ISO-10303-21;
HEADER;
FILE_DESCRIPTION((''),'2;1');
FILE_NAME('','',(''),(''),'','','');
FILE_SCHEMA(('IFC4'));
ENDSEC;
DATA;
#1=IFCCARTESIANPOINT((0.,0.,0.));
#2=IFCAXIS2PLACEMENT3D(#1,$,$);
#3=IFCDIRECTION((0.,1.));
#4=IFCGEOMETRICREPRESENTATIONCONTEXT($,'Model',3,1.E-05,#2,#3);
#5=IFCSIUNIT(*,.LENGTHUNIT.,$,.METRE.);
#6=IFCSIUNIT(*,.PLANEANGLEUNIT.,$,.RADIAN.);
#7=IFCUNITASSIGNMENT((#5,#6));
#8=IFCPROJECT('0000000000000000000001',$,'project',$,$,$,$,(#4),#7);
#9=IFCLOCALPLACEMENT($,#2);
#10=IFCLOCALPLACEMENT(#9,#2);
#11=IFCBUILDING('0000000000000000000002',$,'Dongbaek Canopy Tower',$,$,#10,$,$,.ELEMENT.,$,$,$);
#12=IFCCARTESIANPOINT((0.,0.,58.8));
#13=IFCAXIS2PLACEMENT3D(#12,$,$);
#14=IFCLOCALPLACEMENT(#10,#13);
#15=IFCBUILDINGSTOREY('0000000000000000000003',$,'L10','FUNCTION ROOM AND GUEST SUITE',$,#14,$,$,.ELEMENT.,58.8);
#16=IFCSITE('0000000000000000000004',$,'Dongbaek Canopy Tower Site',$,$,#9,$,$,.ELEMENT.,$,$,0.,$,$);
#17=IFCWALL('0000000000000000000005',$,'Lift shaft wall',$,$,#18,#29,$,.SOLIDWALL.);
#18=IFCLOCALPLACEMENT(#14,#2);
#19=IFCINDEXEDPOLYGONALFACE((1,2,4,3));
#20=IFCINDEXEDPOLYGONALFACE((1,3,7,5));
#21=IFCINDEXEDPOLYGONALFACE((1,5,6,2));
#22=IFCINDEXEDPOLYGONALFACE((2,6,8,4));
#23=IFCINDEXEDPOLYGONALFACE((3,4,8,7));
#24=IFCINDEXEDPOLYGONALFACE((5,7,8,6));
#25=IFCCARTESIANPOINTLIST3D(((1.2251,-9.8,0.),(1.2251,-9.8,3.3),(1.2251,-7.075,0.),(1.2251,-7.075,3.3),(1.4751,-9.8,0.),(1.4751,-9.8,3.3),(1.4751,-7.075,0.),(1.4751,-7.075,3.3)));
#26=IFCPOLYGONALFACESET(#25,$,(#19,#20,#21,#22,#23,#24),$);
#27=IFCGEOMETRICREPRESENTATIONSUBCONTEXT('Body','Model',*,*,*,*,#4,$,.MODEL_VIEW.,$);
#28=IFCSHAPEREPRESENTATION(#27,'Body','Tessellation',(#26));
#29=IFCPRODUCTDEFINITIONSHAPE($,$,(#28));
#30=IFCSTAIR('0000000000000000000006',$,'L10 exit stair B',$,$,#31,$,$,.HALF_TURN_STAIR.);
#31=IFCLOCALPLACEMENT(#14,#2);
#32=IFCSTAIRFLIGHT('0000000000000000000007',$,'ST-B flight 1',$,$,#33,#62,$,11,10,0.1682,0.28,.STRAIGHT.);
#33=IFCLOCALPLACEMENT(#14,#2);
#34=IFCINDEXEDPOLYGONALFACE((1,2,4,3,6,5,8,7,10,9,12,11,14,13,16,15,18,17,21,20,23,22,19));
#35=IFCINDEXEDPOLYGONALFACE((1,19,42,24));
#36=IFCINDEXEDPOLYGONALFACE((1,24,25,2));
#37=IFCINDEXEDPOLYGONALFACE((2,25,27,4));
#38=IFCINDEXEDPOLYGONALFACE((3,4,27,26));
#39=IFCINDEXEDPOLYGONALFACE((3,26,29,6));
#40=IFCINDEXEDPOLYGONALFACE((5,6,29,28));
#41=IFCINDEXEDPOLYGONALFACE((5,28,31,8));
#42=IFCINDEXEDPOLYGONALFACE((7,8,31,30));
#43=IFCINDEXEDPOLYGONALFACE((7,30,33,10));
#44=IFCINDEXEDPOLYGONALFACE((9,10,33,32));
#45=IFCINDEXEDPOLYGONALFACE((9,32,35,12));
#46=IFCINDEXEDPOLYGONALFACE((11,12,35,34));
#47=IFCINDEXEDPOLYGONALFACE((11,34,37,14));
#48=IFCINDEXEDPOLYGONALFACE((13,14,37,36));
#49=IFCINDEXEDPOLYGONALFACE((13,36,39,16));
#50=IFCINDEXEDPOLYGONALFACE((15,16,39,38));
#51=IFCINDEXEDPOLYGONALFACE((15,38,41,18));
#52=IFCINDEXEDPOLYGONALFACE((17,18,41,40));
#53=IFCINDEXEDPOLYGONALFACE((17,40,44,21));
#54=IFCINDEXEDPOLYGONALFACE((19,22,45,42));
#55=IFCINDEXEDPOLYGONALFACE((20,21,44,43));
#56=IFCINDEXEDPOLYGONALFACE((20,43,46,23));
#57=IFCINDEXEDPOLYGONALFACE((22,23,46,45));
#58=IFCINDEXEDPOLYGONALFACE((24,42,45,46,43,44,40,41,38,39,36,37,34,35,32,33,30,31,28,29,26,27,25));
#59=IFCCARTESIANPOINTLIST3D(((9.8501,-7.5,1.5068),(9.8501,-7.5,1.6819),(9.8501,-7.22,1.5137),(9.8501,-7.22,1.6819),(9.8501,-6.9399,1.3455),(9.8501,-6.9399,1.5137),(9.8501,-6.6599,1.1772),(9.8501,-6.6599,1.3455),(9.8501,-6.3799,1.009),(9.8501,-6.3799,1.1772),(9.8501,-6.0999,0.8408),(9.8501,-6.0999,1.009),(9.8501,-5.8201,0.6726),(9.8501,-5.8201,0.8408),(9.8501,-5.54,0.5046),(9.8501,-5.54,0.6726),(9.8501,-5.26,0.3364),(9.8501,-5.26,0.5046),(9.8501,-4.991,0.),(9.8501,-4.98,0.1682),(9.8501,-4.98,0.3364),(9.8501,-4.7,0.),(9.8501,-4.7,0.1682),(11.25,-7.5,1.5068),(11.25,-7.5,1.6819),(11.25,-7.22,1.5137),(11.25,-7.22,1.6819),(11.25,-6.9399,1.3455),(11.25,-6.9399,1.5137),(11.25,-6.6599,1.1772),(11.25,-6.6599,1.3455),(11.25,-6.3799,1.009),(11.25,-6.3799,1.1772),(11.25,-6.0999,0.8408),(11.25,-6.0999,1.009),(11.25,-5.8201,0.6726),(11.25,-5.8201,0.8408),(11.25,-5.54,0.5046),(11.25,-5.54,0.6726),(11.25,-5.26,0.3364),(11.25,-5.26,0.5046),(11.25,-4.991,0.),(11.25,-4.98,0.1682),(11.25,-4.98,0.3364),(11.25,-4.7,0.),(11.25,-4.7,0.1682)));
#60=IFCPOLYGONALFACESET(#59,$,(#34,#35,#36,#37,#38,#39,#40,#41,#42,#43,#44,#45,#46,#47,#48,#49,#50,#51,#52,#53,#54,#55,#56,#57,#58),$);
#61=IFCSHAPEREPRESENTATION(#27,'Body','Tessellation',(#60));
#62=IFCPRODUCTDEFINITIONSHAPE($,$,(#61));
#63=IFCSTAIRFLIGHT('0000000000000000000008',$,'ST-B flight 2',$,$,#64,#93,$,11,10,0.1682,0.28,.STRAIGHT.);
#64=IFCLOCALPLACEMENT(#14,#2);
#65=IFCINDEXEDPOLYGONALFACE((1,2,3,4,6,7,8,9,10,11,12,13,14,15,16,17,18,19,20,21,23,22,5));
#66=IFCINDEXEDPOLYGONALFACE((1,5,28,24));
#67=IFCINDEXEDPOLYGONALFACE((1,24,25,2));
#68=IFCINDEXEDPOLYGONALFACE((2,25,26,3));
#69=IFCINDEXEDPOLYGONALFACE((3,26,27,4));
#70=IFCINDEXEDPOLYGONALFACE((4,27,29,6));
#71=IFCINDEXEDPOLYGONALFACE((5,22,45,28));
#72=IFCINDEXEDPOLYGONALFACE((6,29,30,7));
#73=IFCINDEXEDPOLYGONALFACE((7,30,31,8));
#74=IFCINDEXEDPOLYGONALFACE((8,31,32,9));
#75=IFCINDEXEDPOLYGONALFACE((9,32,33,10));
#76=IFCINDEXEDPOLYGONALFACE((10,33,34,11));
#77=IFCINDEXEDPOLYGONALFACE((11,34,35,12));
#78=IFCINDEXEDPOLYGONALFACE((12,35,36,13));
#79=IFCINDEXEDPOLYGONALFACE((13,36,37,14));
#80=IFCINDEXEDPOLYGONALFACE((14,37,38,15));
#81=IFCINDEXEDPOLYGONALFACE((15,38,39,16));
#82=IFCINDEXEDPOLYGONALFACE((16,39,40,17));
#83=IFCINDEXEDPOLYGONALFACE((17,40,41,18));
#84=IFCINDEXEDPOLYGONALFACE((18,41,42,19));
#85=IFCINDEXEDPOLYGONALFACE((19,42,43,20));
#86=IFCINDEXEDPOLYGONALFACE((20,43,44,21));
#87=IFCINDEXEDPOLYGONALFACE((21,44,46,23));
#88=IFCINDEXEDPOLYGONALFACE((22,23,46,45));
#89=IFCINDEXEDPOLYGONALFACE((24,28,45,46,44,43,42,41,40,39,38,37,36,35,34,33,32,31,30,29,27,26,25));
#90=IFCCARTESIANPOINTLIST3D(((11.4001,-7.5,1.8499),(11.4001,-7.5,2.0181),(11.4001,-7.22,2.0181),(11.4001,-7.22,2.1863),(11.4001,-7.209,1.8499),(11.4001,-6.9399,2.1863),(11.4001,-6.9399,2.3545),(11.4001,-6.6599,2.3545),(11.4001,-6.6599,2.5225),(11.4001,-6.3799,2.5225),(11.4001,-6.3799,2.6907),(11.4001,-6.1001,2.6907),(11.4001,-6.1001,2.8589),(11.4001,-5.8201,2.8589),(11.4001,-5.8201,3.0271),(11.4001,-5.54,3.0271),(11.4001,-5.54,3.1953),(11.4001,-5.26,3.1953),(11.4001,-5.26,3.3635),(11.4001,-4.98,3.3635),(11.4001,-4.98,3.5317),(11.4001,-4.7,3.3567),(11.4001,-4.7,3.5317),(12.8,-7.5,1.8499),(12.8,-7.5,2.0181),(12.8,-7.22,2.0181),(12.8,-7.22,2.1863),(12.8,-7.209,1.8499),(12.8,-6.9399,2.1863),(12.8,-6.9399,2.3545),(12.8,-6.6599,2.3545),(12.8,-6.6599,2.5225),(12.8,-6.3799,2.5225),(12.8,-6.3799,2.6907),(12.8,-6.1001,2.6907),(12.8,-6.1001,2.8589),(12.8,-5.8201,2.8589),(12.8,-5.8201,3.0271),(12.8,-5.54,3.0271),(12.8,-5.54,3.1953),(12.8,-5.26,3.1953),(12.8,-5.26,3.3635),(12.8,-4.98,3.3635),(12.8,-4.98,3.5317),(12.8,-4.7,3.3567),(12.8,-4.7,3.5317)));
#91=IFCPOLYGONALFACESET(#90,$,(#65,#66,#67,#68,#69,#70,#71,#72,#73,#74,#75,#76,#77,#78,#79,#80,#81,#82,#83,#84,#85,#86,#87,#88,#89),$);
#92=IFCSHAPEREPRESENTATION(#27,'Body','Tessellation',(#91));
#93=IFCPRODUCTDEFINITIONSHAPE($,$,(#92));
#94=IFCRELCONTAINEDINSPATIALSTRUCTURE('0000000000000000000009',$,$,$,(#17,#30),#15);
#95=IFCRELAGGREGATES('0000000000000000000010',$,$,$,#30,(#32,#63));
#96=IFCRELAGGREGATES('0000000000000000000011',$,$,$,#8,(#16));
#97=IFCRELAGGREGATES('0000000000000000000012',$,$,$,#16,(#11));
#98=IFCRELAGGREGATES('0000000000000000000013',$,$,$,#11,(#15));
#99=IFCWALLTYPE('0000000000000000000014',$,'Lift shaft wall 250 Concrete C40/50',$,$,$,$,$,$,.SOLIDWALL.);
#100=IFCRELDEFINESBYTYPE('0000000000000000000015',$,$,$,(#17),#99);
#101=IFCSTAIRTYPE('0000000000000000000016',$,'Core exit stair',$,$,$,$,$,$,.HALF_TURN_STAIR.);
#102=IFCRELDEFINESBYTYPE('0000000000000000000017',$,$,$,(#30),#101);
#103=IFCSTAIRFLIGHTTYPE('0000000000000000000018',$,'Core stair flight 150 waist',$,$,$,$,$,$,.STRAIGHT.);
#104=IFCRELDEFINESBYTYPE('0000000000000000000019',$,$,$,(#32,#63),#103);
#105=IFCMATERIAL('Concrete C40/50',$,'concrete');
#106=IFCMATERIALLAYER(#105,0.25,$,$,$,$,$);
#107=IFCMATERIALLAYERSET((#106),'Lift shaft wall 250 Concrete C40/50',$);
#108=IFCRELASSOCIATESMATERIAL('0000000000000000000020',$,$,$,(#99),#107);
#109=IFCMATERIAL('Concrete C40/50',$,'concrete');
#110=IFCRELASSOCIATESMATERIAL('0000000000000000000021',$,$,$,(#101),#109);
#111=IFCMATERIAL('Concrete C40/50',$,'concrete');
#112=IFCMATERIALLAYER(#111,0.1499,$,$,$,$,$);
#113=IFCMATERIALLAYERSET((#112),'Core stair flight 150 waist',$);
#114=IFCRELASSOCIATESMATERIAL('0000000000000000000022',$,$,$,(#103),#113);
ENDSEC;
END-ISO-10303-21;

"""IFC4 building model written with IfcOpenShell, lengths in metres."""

from ifc_helpers import new_model, si_unit, direction, frame, frame_2d, origin, place, context, subcontext, project, spatial, polyline, rectangle, outline, extrude, material, layer, layer_set, type_object, element, aggregate, save


model = new_model("IFC4")

# Units and contexts
model_context = context("Model", 3, precision=1e-05, world=origin(), true_north=direction((0.0, 1.0)))
body_context = subcontext(model_context, "Body", "Model", "MODEL_VIEW")
ifc_project = project(units=[si_unit("LENGTHUNIT", "METRE"), si_unit("PLANEANGLEUNIT", "RADIAN")], contexts=[model_context])

# Site, building, storey
site_placement = place(None, origin())
site = spatial("IfcSite", under=ifc_project, at=site_placement, Name="Dongbaek Canopy Tower Site", CompositionType="ELEMENT", RefElevation=0.0)
building_placement = place(site_placement, origin())
building = spatial("IfcBuilding", under=site, at=building_placement, Name="Dongbaek Canopy Tower", CompositionType="ELEMENT")
storey_placement = place(building_placement, frame((0.0, 0.0, 58.8)))
storey = spatial("IfcBuildingStorey", under=building, at=storey_placement, Name="L10", Description="FUNCTION ROOM AND GUEST SUITE", CompositionType="ELEMENT", Elevation=58.8)

# Wall
ifc_material_1 = material(Name="Concrete C40/50", Category="concrete")
ifc_layer_1 = layer(ifc_material_1, 0.25)
ifc_layer_set_1 = layer_set([ifc_layer_1], Name="Lift shaft wall 250 Concrete C40/50")
wall_type_1 = type_object("IfcWallType", Name="Lift shaft wall 250 Concrete C40/50", PredefinedType="SOLIDWALL", material=ifc_layer_set_1)
for number, where, z_axis, x_axis, name in (
    (1, (1.3501, -9.8, 0.0), (0.0, 0.0, 1.0), (0.0, 1.0, 0.0), "Lift shaft wall"),
):
    element("IfcWall", number, at=place(storey_placement, frame(where, z_axis=z_axis, x_axis=x_axis)), inside=storey, type_object=wall_type_1, Name=name, PredefinedType="SOLIDWALL", context=body_context, shape_type="SweptSolid", body=[
        extrude(rectangle(XDim=2.7251, YDim=0.25, at=frame_2d((1.3625, 0.0))), origin(), (0.0, 0.0, 1.0), 3.3),
    ])

# Stair, stair flights
ifc_material_2 = material(Name="Concrete C40/50", Category="concrete")
stair_type = type_object("IfcStairType", Name="Core exit stair", PredefinedType="HALF_TURN_STAIR", material=ifc_material_2)
stair_placement = place(storey_placement, origin())
stair = element("IfcStair", 2, at=stair_placement, inside=storey, type_object=stair_type, Name="L10 exit stair B", PredefinedType="HALF_TURN_STAIR")
ifc_material_3 = material(Name="Concrete C40/50", Category="concrete")
ifc_layer_2 = layer(ifc_material_3, 0.1499)
ifc_layer_set_2 = layer_set([ifc_layer_2], Name="Core stair flight 150 waist")
stair_flight_type = type_object("IfcStairFlightType", Name="Core stair flight 150 waist", PredefinedType="STRAIGHT", material=ifc_layer_set_2)
stair_flight_1_placement = place(storey_placement, frame((10.55, -4.7, 0.0), z_axis=(0.0, 0.0, 1.0), x_axis=(0.0, -1.0, 0.0)))
stair_flight_1 = element("IfcStairFlight", 3, at=stair_flight_1_placement, type_object=stair_flight_type, Name="ST-B flight 1", NumberOfRisers=11, NumberOfTreads=10, PredefinedType="STRAIGHT", RiserHeight=0.1682, TreadLength=0.28, context=body_context, shape_type="SweptSolid", body=[
    extrude(outline(polyline([(0.0, 0.0), (0.0, 0.1682), (0.28, 0.1682), (0.28, 0.3364), (0.5601, 0.3364), (0.5601, 0.5046), (0.8401, 0.5046), (0.8401, 0.6726), (1.1201, 0.6726), (1.1201, 0.8408), (1.3999, 0.8408), (1.3999, 1.009), (1.6799, 1.009), (1.6799, 1.1772), (1.96, 1.1772), (1.96, 1.3455), (2.24, 1.3455), (2.24, 1.5137), (2.52, 1.5137), (2.52, 1.6819), (2.8, 1.6819), (2.8, 1.8501), (2.8, 1.5068), (0.291, 0.0), (0.0, 0.0)])), frame((0.0, 0.7, 0.0), z_axis=(0.0, -1.0, 0.0), x_axis=(1.0, 0.0, 0.0)), (0.0, 0.0, 1.0), 1.3999),
])
stair_flight_2_placement = place(storey_placement, frame((12.1001, -7.5, 1.8499), z_axis=(0.0, 0.0, 1.0), x_axis=(0.0, 1.0, 0.0)))
stair_flight_2 = element("IfcStairFlight", 4, at=stair_flight_2_placement, type_object=stair_flight_type, Name="ST-B flight 2", NumberOfRisers=11, NumberOfTreads=10, PredefinedType="STRAIGHT", RiserHeight=0.1682, TreadLength=0.28, context=body_context, shape_type="SweptSolid", body=[
    extrude(outline(polyline([(0.0, 0.0), (0.0, 0.1682), (0.28, 0.1682), (0.28, 0.3364), (0.5601, 0.3364), (0.5601, 0.5046), (0.8401, 0.5046), (0.8401, 0.6726), (1.1201, 0.6726), (1.1201, 0.8408), (1.3999, 0.8408), (1.3999, 1.009), (1.6799, 1.009), (1.6799, 1.1772), (1.96, 1.1772), (1.96, 1.3455), (2.24, 1.3455), (2.24, 1.5137), (2.52, 1.5137), (2.52, 1.6819), (2.8, 1.6819), (2.8, 1.8501), (2.8, 1.5068), (0.291, 0.0), (0.0, 0.0)])), frame((0.0, 0.7, 0.0), z_axis=(0.0, -1.0, 0.0), x_axis=(1.0, 0.0, 0.0)), (0.0, 0.0, 1.0), 1.3999),
])
aggregate(stair, [stair_flight_1, stair_flight_2])

save(model, "model.ifc")
